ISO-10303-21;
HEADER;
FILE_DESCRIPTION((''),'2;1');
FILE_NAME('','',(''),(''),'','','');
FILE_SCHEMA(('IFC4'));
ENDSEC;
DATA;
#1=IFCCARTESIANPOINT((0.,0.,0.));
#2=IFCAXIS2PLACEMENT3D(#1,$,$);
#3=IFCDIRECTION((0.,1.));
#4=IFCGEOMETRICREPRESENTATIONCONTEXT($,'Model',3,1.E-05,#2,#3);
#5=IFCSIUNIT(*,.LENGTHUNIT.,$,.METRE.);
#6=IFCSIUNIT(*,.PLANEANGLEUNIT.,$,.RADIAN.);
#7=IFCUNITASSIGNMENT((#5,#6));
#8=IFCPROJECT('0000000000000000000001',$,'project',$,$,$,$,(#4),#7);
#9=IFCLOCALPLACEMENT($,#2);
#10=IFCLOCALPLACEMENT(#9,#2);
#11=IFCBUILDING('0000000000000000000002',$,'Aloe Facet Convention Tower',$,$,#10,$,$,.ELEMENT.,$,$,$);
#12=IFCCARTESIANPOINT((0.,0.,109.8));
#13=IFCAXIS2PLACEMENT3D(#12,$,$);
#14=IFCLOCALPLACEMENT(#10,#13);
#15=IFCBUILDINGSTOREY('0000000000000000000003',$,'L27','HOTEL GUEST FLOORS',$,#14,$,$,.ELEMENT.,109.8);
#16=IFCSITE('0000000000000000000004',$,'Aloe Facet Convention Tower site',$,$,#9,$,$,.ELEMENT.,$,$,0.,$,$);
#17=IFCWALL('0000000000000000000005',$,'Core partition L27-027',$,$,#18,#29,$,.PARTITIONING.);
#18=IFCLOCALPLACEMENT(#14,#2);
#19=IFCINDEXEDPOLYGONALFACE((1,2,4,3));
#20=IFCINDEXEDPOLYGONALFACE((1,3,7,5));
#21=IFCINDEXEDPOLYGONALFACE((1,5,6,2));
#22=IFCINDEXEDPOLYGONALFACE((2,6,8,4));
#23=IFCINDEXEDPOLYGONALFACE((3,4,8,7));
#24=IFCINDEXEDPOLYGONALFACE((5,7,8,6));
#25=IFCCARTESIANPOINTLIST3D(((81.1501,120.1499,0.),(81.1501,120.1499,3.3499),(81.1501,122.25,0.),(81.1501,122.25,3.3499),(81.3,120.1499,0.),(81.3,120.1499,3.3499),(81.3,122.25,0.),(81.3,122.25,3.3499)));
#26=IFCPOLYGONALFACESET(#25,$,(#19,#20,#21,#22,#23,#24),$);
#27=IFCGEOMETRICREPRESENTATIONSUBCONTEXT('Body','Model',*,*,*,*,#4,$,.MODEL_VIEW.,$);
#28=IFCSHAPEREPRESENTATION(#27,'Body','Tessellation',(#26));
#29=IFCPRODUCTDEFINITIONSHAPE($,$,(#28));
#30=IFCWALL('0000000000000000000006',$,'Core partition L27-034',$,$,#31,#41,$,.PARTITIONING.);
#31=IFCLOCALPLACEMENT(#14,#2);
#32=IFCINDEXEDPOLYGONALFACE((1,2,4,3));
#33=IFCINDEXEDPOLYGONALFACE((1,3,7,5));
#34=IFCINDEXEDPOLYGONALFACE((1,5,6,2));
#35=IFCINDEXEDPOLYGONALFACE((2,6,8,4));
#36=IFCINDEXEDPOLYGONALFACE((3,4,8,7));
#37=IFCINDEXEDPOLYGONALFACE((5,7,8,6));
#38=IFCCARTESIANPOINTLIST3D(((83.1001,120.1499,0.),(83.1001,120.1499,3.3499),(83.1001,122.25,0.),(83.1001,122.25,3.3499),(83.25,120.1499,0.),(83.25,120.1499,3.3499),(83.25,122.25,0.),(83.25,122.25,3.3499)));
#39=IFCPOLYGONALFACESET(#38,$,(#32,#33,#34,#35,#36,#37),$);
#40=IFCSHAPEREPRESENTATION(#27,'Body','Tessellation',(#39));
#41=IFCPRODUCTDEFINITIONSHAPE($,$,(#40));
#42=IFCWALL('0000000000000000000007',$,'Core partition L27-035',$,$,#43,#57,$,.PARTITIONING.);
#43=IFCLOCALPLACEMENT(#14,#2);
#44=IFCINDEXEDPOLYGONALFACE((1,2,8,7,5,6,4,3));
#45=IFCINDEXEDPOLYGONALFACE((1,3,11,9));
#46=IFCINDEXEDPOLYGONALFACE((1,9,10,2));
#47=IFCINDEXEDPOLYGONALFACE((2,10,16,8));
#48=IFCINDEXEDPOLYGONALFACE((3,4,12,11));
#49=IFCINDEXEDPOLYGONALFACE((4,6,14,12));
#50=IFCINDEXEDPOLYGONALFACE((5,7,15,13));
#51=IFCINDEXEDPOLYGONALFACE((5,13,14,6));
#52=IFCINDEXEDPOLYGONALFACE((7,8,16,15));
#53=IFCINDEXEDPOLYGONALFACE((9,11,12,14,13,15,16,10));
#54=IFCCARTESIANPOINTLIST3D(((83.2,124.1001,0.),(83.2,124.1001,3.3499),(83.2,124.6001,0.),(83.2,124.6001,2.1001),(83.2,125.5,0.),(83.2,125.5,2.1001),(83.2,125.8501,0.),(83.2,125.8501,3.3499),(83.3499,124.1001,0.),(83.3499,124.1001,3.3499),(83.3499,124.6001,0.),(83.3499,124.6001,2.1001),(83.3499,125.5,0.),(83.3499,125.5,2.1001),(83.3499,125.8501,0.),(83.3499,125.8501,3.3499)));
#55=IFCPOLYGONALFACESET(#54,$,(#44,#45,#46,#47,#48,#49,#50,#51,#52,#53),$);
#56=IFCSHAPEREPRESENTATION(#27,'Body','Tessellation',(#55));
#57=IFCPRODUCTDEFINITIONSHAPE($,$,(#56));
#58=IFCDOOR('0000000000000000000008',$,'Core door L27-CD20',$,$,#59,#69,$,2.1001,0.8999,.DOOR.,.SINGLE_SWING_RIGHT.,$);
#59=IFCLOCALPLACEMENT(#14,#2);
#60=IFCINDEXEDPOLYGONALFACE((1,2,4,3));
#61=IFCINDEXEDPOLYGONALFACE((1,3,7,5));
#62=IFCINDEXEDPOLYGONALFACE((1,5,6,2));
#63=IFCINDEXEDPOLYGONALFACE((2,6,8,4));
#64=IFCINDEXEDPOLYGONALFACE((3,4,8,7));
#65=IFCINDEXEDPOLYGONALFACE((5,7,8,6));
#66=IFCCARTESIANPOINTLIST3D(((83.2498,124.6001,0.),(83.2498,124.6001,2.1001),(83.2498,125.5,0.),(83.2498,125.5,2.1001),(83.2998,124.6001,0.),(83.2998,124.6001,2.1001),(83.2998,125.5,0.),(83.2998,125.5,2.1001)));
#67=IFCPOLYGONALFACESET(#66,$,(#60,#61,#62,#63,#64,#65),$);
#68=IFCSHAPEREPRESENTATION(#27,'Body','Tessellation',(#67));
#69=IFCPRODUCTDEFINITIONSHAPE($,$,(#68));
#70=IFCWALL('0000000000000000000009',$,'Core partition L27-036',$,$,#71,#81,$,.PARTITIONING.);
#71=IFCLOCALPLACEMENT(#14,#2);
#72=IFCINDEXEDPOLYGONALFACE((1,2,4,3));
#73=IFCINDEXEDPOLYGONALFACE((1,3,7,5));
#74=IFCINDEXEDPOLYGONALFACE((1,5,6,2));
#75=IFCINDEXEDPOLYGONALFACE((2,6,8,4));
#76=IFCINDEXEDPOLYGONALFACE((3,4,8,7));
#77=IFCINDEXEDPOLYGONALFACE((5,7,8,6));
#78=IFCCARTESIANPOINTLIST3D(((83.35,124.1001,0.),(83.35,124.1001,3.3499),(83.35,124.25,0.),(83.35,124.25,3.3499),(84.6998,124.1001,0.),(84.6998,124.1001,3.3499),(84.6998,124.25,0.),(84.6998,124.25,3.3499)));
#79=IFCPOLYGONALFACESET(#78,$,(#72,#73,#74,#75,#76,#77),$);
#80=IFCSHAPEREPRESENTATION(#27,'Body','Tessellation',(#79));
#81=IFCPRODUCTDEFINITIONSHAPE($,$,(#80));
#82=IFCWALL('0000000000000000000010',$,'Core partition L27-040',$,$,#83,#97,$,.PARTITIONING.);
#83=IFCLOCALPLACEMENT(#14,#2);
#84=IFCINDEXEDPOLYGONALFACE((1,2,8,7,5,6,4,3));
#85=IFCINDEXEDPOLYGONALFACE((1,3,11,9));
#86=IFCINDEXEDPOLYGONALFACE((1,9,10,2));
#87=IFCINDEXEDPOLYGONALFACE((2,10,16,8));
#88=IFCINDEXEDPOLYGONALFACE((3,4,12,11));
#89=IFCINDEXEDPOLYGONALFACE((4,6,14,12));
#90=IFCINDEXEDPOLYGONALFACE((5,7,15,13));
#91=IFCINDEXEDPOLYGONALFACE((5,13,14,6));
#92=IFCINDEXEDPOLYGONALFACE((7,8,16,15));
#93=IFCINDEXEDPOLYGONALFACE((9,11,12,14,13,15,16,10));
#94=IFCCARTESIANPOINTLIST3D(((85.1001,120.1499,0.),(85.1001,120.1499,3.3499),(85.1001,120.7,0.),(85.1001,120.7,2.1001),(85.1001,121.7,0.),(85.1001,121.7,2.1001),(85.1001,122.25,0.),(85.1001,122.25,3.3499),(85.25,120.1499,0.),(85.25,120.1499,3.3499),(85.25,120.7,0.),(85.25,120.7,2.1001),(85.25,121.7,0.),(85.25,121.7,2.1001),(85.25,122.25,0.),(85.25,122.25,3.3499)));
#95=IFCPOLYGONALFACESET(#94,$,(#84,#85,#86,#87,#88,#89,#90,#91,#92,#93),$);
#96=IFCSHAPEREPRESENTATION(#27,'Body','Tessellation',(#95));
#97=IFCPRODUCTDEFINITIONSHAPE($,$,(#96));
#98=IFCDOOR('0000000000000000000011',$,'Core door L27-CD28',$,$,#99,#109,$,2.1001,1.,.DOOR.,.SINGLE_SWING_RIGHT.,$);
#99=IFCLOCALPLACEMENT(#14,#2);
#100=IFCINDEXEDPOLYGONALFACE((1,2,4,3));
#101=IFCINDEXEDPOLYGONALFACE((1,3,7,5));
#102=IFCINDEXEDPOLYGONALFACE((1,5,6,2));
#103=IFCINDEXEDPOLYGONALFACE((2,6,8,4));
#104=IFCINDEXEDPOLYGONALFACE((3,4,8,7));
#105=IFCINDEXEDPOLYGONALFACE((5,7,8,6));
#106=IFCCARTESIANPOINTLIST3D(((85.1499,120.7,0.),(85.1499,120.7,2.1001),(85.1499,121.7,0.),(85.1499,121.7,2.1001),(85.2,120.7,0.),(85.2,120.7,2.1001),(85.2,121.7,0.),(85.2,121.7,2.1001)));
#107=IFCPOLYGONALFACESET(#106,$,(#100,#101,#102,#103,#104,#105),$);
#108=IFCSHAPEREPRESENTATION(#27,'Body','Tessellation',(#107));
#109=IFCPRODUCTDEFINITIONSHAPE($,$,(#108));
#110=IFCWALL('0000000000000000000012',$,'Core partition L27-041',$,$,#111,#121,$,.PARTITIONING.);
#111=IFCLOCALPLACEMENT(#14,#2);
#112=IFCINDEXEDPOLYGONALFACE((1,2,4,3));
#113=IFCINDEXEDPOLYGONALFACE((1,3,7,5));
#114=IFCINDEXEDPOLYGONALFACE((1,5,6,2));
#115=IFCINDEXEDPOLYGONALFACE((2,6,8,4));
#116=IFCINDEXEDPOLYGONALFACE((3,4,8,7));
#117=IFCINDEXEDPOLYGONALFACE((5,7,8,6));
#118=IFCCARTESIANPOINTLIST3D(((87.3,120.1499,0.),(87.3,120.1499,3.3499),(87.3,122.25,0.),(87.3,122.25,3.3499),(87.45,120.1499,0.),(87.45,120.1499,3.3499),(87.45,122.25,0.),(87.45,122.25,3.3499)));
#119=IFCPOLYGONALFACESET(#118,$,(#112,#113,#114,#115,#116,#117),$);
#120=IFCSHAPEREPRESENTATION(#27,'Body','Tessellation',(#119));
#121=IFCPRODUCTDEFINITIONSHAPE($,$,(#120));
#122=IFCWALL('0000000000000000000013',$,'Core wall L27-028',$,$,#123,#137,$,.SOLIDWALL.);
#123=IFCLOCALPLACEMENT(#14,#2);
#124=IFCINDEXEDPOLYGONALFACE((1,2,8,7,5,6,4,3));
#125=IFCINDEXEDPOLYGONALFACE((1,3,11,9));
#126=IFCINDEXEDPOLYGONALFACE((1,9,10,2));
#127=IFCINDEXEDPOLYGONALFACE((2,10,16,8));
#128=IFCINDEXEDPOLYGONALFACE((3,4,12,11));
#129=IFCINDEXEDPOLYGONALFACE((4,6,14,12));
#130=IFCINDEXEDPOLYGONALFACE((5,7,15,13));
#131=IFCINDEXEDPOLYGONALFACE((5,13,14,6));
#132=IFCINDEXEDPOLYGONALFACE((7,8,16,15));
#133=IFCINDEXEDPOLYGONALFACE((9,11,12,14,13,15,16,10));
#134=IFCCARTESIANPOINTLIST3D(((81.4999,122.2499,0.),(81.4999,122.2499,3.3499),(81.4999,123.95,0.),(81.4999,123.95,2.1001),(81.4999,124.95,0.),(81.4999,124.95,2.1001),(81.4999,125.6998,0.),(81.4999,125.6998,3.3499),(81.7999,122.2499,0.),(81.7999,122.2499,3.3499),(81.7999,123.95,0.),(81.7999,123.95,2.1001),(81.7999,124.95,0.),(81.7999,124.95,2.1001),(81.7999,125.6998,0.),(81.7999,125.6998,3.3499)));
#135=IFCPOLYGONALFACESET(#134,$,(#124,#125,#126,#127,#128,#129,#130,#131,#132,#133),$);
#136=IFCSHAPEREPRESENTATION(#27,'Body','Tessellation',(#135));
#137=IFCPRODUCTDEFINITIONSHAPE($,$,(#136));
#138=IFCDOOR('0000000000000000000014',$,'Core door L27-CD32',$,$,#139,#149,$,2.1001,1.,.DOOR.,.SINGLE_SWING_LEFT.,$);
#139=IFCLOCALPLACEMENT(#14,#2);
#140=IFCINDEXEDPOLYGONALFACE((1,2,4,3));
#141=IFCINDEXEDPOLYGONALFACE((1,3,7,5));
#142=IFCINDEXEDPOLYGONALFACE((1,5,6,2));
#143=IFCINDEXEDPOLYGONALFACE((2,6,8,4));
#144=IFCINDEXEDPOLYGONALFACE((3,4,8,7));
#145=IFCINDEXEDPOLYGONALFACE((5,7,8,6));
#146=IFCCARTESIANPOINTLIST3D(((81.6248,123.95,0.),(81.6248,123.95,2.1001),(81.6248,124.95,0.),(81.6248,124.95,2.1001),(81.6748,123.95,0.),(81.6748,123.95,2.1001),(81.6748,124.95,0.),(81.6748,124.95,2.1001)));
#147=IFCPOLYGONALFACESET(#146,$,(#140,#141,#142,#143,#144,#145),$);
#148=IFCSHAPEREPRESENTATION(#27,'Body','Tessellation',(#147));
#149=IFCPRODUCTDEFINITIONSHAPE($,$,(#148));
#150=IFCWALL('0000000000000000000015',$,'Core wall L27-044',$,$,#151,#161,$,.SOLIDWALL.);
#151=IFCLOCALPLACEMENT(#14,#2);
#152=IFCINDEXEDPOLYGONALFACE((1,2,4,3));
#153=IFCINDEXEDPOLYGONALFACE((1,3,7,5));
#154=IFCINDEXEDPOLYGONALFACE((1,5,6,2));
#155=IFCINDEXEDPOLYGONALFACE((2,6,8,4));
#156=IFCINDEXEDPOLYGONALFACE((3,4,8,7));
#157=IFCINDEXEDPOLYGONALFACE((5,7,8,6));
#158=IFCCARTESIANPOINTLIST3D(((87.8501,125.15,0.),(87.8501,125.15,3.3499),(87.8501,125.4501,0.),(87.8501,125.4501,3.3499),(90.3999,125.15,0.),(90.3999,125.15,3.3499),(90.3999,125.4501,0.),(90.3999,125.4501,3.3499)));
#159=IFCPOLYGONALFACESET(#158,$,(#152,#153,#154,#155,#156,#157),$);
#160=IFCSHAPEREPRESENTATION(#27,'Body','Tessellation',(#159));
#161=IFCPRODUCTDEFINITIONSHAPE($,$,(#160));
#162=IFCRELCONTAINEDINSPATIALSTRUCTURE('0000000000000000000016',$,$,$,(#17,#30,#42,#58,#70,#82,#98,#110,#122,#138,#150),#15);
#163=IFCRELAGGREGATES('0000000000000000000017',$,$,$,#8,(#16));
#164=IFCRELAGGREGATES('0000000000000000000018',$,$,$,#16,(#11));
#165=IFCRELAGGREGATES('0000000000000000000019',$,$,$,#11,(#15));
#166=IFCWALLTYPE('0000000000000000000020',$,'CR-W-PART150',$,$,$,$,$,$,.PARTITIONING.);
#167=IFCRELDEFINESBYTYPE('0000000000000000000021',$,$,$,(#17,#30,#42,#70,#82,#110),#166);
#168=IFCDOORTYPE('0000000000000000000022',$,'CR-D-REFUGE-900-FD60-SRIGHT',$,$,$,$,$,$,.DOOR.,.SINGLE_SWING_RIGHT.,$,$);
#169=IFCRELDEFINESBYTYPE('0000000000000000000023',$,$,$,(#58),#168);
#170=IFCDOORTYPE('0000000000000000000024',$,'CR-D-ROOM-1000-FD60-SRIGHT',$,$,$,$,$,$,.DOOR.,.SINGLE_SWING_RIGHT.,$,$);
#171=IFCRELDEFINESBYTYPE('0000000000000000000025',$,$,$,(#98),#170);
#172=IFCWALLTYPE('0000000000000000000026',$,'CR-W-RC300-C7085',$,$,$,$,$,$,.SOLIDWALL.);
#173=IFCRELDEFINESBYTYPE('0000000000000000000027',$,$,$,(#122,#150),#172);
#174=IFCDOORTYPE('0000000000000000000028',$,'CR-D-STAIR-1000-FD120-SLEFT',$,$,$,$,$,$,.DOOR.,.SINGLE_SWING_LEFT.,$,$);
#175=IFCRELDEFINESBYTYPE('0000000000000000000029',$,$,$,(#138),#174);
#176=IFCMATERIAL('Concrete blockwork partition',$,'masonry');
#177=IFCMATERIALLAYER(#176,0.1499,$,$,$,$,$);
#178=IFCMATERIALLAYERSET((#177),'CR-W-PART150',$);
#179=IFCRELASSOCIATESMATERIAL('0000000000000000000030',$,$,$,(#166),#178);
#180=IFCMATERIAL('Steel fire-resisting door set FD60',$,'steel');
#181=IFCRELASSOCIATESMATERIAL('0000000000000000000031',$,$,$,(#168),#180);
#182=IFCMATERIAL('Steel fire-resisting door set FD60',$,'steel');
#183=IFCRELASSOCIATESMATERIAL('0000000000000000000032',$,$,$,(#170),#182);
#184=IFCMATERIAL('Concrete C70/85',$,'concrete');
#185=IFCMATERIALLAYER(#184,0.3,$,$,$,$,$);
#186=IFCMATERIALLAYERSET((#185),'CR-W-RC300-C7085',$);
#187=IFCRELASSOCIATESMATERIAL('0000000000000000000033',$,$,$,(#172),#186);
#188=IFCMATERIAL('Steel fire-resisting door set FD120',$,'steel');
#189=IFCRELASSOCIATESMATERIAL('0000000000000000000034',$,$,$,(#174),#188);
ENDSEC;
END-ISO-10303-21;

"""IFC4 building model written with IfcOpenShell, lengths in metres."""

from ifc_helpers import new_model, si_unit, direction, frame, frame_2d, origin, place, context, subcontext, project, spatial, rectangle, extrude, material, layer, layer_set, type_object, element, fill, save


model = new_model("IFC4")

# Units and contexts
model_context = context("Model", 3, precision=1e-05, world=origin(), true_north=direction((0.0, 1.0)))
body_context = subcontext(model_context, "Body", "Model", "MODEL_VIEW")
ifc_project = project(units=[si_unit("LENGTHUNIT", "METRE"), si_unit("PLANEANGLEUNIT", "RADIAN")], contexts=[model_context])

# Site, building, storey
site_placement = place(None, origin())
site = spatial("IfcSite", under=ifc_project, at=site_placement, Name="Aloe Facet Convention Tower site", CompositionType="ELEMENT", RefElevation=0.0)
building_placement = place(site_placement, origin())
building = spatial("IfcBuilding", under=site, at=building_placement, Name="Aloe Facet Convention Tower", CompositionType="ELEMENT")
storey_placement = place(building_placement, frame((0.0, 0.0, 109.8)))
storey = spatial("IfcBuildingStorey", under=building, at=storey_placement, Name="L27", Description="HOTEL GUEST FLOORS", CompositionType="ELEMENT", Elevation=109.8)

# Walls
ifc_material_1 = material(Name="Concrete blockwork partition", Category="masonry")
ifc_layer_1 = layer(ifc_material_1, 0.1499)
ifc_layer_set_1 = layer_set([ifc_layer_1], Name="CR-W-PART150")
wall_type_1 = type_object("IfcWallType", Name="CR-W-PART150", PredefinedType="PARTITIONING", material=ifc_layer_set_1)
for number, where, z_axis, x_axis, name in (
    (1, (81.2251, 122.25, 0.0), (0.0, 0.0, 1.0), (0.0, -1.0, 0.0), "Core partition L27-027"),
    (2, (83.175, 122.25, 0.0), (0.0, 0.0, 1.0), (0.0, -1.0, 0.0), "Core partition L27-034"),
):
    element("IfcWall", number, at=place(storey_placement, frame(where, z_axis=z_axis, x_axis=x_axis)), inside=storey, type_object=wall_type_1, Name=name, PredefinedType="PARTITIONING", context=body_context, shape_type="SweptSolid", body=[
        extrude(rectangle(XDim=2.1001, YDim=0.1499, at=frame_2d((1.05, 0.0))), origin(), (0.0, 0.0, 1.0), 3.3499),
    ])

# Wall, opening, door
wall_1_placement = place(storey_placement, frame((83.2749, 125.8501, 0.0), z_axis=(0.0, 0.0, 1.0), x_axis=(0.0, -1.0, 0.0)))
wall_1 = element("IfcWall", 3, at=wall_1_placement, inside=storey, type_object=wall_type_1, Name="Core partition L27-035", PredefinedType="PARTITIONING", context=body_context, shape_type="SweptSolid", body=[
    extrude(rectangle(XDim=1.75, YDim=0.1499, at=frame_2d((0.875, 0.0))), origin(), (0.0, 0.0, 1.0), 3.3499),
])
opening_1_placement = place(wall_1_placement, frame((0.3501, 0.0, 0.0)))
opening_1 = element("IfcOpeningElement", 4, at=opening_1_placement, cuts=wall_1, PredefinedType="OPENING", context=body_context, shape_type="SweptSolid", body=[
    extrude(rectangle(XDim=0.8999, YDim=2.1001, at=frame_2d((0.45, 1.05))), frame((0.0, 0.085, 0.0), z_axis=(0.0, -1.0, 0.0), x_axis=(1.0, 0.0, 0.0)), (0.0, 0.0, 1.0), 0.1699),
])
ifc_material_2 = material(Name="Steel fire-resisting door set FD60", Category="steel")
door_type_1 = type_object("IfcDoorType", Name="CR-D-REFUGE-900-FD60-SRIGHT", OperationType="SINGLE_SWING_RIGHT", PredefinedType="DOOR", material=ifc_material_2)
door_1_placement = place(opening_1_placement, origin())
door_1 = element("IfcDoor", 5, at=door_1_placement, inside=storey, type_object=door_type_1, Name="Core door L27-CD20", OperationType="SINGLE_SWING_RIGHT", OverallHeight=2.1001, OverallWidth=0.8999, PredefinedType="DOOR", context=body_context, shape_type="SweptSolid", body=[
    extrude(rectangle(XDim=0.8999, YDim=2.1001, at=frame_2d((0.45, 1.05))), frame((0.0, 0.0249, 0.0), z_axis=(0.0, -1.0, 0.0), x_axis=(1.0, 0.0, 0.0)), (0.0, 0.0, 1.0), 0.05),
])
fill(opening_1, door_1)

# Wall
wall_2_placement = place(storey_placement, frame((83.3501, 124.175, 0.0), z_axis=(0.0, 0.0, 1.0), x_axis=(1.0, 0.0, 0.0)))
element("IfcWall", 6, at=wall_2_placement, inside=storey, type_object=wall_type_1, Name="Core partition L27-036", PredefinedType="PARTITIONING", context=body_context, shape_type="SweptSolid", body=[
    extrude(rectangle(XDim=1.3499, YDim=0.1499, at=frame_2d((0.6748, 0.0))), origin(), (0.0, 0.0, 1.0), 3.3499),
])

# Wall, opening, door
wall_3_placement = place(storey_placement, frame((85.175, 122.25, 0.0), z_axis=(0.0, 0.0, 1.0), x_axis=(0.0, -1.0, 0.0)))
wall_3 = element("IfcWall", 7, at=wall_3_placement, inside=storey, type_object=wall_type_1, Name="Core partition L27-040", PredefinedType="PARTITIONING", context=body_context, shape_type="SweptSolid", body=[
    extrude(rectangle(XDim=2.1001, YDim=0.1499, at=frame_2d((1.05, 0.0))), origin(), (0.0, 0.0, 1.0), 3.3499),
])
opening_2_placement = place(wall_3_placement, frame((0.55, 0.0, 0.0)))
opening_2 = element("IfcOpeningElement", 8, at=opening_2_placement, cuts=wall_3, PredefinedType="OPENING", context=body_context, shape_type="SweptSolid", body=[
    extrude(rectangle(XDim=1.0, YDim=2.1001, at=frame_2d((0.5, 1.05))), frame((0.0, 0.085, 0.0), z_axis=(0.0, -1.0, 0.0), x_axis=(1.0, 0.0, 0.0)), (0.0, 0.0, 1.0), 0.1699),
])
ifc_material_3 = material(Name="Steel fire-resisting door set FD60", Category="steel")
door_type_2 = type_object("IfcDoorType", Name="CR-D-ROOM-1000-FD60-SRIGHT", OperationType="SINGLE_SWING_RIGHT", PredefinedType="DOOR", material=ifc_material_3)
door_2_placement = place(opening_2_placement, origin())
door_2 = element("IfcDoor", 9, at=door_2_placement, inside=storey, type_object=door_type_2, Name="Core door L27-CD28", OperationType="SINGLE_SWING_RIGHT", OverallHeight=2.1001, OverallWidth=1.0, PredefinedType="DOOR", context=body_context, shape_type="SweptSolid", body=[
    extrude(rectangle(XDim=1.0, YDim=2.1001, at=frame_2d((0.5, 1.05))), frame((0.0, 0.0249, 0.0), z_axis=(0.0, -1.0, 0.0), x_axis=(1.0, 0.0, 0.0)), (0.0, 0.0, 1.0), 0.05),
])
fill(opening_2, door_2)

# Wall
wall_4_placement = place(storey_placement, frame((87.375, 122.25, 0.0), z_axis=(0.0, 0.0, 1.0), x_axis=(0.0, -1.0, 0.0)))
element("IfcWall", 10, at=wall_4_placement, inside=storey, type_object=wall_type_1, Name="Core partition L27-041", PredefinedType="PARTITIONING", context=body_context, shape_type="SweptSolid", body=[
    extrude(rectangle(XDim=2.1001, YDim=0.1499, at=frame_2d((1.05, 0.0))), origin(), (0.0, 0.0, 1.0), 3.3499),
])

# Wall, opening, door
ifc_material_4 = material(Name="Concrete C70/85", Category="concrete")
ifc_layer_2 = layer(ifc_material_4, 0.3)
ifc_layer_set_2 = layer_set([ifc_layer_2], Name="CR-W-RC300-C7085")
wall_type_2 = type_object("IfcWallType", Name="CR-W-RC300-C7085", PredefinedType="SOLIDWALL", material=ifc_layer_set_2)
wall_5_placement = place(storey_placement, frame((81.6499, 125.7, 0.0), z_axis=(0.0, 0.0, 1.0), x_axis=(0.0, -1.0, 0.0)))
wall_5 = element("IfcWall", 11, at=wall_5_placement, inside=storey, type_object=wall_type_2, Name="Core wall L27-028", PredefinedType="SOLIDWALL", context=body_context, shape_type="SweptSolid", body=[
    extrude(rectangle(XDim=3.45, YDim=0.3, at=frame_2d((1.7251, 0.0))), origin(), (0.0, 0.0, 1.0), 3.3499),
])
opening_3_placement = place(wall_5_placement, frame((0.75, 0.0, 0.0)))
opening_3 = element("IfcOpeningElement", 12, at=opening_3_placement, cuts=wall_5, PredefinedType="OPENING", context=body_context, shape_type="SweptSolid", body=[
    extrude(rectangle(XDim=1.0, YDim=2.1001, at=frame_2d((0.5, 1.05))), frame((0.0, 0.1602, 0.0), z_axis=(0.0, -1.0, 0.0), x_axis=(1.0, 0.0, 0.0)), (0.0, 0.0, 1.0), 0.3201),
])
ifc_material_5 = material(Name="Steel fire-resisting door set FD120", Category="steel")
door_type_3 = type_object("IfcDoorType", Name="CR-D-STAIR-1000-FD120-SLEFT", OperationType="SINGLE_SWING_LEFT", PredefinedType="DOOR", material=ifc_material_5)
door_3_placement = place(opening_3_placement, origin())
door_3 = element("IfcDoor", 13, at=door_3_placement, inside=storey, type_object=door_type_3, Name="Core door L27-CD32", OperationType="SINGLE_SWING_LEFT", OverallHeight=2.1001, OverallWidth=1.0, PredefinedType="DOOR", context=body_context, shape_type="SweptSolid", body=[
    extrude(rectangle(XDim=1.0, YDim=2.1001, at=frame_2d((0.5, 1.05))), frame((0.0, 0.0249, 0.0), z_axis=(0.0, -1.0, 0.0), x_axis=(1.0, 0.0, 0.0)), (0.0, 0.0, 1.0), 0.05),
])
fill(opening_3, door_3)

# Wall
wall_6_placement = place(storey_placement, frame((87.8501, 125.3, 0.0), z_axis=(0.0, 0.0, 1.0), x_axis=(1.0, 0.0, 0.0)))
element("IfcWall", 14, at=wall_6_placement, inside=storey, type_object=wall_type_2, Name="Core wall L27-044", PredefinedType="SOLIDWALL", context=body_context, shape_type="SweptSolid", body=[
    extrude(rectangle(XDim=2.5498, YDim=0.3, at=frame_2d((1.2749, 0.0))), origin(), (0.0, 0.0, 1.0), 3.3499),
])

save(model, "model.ifc")
